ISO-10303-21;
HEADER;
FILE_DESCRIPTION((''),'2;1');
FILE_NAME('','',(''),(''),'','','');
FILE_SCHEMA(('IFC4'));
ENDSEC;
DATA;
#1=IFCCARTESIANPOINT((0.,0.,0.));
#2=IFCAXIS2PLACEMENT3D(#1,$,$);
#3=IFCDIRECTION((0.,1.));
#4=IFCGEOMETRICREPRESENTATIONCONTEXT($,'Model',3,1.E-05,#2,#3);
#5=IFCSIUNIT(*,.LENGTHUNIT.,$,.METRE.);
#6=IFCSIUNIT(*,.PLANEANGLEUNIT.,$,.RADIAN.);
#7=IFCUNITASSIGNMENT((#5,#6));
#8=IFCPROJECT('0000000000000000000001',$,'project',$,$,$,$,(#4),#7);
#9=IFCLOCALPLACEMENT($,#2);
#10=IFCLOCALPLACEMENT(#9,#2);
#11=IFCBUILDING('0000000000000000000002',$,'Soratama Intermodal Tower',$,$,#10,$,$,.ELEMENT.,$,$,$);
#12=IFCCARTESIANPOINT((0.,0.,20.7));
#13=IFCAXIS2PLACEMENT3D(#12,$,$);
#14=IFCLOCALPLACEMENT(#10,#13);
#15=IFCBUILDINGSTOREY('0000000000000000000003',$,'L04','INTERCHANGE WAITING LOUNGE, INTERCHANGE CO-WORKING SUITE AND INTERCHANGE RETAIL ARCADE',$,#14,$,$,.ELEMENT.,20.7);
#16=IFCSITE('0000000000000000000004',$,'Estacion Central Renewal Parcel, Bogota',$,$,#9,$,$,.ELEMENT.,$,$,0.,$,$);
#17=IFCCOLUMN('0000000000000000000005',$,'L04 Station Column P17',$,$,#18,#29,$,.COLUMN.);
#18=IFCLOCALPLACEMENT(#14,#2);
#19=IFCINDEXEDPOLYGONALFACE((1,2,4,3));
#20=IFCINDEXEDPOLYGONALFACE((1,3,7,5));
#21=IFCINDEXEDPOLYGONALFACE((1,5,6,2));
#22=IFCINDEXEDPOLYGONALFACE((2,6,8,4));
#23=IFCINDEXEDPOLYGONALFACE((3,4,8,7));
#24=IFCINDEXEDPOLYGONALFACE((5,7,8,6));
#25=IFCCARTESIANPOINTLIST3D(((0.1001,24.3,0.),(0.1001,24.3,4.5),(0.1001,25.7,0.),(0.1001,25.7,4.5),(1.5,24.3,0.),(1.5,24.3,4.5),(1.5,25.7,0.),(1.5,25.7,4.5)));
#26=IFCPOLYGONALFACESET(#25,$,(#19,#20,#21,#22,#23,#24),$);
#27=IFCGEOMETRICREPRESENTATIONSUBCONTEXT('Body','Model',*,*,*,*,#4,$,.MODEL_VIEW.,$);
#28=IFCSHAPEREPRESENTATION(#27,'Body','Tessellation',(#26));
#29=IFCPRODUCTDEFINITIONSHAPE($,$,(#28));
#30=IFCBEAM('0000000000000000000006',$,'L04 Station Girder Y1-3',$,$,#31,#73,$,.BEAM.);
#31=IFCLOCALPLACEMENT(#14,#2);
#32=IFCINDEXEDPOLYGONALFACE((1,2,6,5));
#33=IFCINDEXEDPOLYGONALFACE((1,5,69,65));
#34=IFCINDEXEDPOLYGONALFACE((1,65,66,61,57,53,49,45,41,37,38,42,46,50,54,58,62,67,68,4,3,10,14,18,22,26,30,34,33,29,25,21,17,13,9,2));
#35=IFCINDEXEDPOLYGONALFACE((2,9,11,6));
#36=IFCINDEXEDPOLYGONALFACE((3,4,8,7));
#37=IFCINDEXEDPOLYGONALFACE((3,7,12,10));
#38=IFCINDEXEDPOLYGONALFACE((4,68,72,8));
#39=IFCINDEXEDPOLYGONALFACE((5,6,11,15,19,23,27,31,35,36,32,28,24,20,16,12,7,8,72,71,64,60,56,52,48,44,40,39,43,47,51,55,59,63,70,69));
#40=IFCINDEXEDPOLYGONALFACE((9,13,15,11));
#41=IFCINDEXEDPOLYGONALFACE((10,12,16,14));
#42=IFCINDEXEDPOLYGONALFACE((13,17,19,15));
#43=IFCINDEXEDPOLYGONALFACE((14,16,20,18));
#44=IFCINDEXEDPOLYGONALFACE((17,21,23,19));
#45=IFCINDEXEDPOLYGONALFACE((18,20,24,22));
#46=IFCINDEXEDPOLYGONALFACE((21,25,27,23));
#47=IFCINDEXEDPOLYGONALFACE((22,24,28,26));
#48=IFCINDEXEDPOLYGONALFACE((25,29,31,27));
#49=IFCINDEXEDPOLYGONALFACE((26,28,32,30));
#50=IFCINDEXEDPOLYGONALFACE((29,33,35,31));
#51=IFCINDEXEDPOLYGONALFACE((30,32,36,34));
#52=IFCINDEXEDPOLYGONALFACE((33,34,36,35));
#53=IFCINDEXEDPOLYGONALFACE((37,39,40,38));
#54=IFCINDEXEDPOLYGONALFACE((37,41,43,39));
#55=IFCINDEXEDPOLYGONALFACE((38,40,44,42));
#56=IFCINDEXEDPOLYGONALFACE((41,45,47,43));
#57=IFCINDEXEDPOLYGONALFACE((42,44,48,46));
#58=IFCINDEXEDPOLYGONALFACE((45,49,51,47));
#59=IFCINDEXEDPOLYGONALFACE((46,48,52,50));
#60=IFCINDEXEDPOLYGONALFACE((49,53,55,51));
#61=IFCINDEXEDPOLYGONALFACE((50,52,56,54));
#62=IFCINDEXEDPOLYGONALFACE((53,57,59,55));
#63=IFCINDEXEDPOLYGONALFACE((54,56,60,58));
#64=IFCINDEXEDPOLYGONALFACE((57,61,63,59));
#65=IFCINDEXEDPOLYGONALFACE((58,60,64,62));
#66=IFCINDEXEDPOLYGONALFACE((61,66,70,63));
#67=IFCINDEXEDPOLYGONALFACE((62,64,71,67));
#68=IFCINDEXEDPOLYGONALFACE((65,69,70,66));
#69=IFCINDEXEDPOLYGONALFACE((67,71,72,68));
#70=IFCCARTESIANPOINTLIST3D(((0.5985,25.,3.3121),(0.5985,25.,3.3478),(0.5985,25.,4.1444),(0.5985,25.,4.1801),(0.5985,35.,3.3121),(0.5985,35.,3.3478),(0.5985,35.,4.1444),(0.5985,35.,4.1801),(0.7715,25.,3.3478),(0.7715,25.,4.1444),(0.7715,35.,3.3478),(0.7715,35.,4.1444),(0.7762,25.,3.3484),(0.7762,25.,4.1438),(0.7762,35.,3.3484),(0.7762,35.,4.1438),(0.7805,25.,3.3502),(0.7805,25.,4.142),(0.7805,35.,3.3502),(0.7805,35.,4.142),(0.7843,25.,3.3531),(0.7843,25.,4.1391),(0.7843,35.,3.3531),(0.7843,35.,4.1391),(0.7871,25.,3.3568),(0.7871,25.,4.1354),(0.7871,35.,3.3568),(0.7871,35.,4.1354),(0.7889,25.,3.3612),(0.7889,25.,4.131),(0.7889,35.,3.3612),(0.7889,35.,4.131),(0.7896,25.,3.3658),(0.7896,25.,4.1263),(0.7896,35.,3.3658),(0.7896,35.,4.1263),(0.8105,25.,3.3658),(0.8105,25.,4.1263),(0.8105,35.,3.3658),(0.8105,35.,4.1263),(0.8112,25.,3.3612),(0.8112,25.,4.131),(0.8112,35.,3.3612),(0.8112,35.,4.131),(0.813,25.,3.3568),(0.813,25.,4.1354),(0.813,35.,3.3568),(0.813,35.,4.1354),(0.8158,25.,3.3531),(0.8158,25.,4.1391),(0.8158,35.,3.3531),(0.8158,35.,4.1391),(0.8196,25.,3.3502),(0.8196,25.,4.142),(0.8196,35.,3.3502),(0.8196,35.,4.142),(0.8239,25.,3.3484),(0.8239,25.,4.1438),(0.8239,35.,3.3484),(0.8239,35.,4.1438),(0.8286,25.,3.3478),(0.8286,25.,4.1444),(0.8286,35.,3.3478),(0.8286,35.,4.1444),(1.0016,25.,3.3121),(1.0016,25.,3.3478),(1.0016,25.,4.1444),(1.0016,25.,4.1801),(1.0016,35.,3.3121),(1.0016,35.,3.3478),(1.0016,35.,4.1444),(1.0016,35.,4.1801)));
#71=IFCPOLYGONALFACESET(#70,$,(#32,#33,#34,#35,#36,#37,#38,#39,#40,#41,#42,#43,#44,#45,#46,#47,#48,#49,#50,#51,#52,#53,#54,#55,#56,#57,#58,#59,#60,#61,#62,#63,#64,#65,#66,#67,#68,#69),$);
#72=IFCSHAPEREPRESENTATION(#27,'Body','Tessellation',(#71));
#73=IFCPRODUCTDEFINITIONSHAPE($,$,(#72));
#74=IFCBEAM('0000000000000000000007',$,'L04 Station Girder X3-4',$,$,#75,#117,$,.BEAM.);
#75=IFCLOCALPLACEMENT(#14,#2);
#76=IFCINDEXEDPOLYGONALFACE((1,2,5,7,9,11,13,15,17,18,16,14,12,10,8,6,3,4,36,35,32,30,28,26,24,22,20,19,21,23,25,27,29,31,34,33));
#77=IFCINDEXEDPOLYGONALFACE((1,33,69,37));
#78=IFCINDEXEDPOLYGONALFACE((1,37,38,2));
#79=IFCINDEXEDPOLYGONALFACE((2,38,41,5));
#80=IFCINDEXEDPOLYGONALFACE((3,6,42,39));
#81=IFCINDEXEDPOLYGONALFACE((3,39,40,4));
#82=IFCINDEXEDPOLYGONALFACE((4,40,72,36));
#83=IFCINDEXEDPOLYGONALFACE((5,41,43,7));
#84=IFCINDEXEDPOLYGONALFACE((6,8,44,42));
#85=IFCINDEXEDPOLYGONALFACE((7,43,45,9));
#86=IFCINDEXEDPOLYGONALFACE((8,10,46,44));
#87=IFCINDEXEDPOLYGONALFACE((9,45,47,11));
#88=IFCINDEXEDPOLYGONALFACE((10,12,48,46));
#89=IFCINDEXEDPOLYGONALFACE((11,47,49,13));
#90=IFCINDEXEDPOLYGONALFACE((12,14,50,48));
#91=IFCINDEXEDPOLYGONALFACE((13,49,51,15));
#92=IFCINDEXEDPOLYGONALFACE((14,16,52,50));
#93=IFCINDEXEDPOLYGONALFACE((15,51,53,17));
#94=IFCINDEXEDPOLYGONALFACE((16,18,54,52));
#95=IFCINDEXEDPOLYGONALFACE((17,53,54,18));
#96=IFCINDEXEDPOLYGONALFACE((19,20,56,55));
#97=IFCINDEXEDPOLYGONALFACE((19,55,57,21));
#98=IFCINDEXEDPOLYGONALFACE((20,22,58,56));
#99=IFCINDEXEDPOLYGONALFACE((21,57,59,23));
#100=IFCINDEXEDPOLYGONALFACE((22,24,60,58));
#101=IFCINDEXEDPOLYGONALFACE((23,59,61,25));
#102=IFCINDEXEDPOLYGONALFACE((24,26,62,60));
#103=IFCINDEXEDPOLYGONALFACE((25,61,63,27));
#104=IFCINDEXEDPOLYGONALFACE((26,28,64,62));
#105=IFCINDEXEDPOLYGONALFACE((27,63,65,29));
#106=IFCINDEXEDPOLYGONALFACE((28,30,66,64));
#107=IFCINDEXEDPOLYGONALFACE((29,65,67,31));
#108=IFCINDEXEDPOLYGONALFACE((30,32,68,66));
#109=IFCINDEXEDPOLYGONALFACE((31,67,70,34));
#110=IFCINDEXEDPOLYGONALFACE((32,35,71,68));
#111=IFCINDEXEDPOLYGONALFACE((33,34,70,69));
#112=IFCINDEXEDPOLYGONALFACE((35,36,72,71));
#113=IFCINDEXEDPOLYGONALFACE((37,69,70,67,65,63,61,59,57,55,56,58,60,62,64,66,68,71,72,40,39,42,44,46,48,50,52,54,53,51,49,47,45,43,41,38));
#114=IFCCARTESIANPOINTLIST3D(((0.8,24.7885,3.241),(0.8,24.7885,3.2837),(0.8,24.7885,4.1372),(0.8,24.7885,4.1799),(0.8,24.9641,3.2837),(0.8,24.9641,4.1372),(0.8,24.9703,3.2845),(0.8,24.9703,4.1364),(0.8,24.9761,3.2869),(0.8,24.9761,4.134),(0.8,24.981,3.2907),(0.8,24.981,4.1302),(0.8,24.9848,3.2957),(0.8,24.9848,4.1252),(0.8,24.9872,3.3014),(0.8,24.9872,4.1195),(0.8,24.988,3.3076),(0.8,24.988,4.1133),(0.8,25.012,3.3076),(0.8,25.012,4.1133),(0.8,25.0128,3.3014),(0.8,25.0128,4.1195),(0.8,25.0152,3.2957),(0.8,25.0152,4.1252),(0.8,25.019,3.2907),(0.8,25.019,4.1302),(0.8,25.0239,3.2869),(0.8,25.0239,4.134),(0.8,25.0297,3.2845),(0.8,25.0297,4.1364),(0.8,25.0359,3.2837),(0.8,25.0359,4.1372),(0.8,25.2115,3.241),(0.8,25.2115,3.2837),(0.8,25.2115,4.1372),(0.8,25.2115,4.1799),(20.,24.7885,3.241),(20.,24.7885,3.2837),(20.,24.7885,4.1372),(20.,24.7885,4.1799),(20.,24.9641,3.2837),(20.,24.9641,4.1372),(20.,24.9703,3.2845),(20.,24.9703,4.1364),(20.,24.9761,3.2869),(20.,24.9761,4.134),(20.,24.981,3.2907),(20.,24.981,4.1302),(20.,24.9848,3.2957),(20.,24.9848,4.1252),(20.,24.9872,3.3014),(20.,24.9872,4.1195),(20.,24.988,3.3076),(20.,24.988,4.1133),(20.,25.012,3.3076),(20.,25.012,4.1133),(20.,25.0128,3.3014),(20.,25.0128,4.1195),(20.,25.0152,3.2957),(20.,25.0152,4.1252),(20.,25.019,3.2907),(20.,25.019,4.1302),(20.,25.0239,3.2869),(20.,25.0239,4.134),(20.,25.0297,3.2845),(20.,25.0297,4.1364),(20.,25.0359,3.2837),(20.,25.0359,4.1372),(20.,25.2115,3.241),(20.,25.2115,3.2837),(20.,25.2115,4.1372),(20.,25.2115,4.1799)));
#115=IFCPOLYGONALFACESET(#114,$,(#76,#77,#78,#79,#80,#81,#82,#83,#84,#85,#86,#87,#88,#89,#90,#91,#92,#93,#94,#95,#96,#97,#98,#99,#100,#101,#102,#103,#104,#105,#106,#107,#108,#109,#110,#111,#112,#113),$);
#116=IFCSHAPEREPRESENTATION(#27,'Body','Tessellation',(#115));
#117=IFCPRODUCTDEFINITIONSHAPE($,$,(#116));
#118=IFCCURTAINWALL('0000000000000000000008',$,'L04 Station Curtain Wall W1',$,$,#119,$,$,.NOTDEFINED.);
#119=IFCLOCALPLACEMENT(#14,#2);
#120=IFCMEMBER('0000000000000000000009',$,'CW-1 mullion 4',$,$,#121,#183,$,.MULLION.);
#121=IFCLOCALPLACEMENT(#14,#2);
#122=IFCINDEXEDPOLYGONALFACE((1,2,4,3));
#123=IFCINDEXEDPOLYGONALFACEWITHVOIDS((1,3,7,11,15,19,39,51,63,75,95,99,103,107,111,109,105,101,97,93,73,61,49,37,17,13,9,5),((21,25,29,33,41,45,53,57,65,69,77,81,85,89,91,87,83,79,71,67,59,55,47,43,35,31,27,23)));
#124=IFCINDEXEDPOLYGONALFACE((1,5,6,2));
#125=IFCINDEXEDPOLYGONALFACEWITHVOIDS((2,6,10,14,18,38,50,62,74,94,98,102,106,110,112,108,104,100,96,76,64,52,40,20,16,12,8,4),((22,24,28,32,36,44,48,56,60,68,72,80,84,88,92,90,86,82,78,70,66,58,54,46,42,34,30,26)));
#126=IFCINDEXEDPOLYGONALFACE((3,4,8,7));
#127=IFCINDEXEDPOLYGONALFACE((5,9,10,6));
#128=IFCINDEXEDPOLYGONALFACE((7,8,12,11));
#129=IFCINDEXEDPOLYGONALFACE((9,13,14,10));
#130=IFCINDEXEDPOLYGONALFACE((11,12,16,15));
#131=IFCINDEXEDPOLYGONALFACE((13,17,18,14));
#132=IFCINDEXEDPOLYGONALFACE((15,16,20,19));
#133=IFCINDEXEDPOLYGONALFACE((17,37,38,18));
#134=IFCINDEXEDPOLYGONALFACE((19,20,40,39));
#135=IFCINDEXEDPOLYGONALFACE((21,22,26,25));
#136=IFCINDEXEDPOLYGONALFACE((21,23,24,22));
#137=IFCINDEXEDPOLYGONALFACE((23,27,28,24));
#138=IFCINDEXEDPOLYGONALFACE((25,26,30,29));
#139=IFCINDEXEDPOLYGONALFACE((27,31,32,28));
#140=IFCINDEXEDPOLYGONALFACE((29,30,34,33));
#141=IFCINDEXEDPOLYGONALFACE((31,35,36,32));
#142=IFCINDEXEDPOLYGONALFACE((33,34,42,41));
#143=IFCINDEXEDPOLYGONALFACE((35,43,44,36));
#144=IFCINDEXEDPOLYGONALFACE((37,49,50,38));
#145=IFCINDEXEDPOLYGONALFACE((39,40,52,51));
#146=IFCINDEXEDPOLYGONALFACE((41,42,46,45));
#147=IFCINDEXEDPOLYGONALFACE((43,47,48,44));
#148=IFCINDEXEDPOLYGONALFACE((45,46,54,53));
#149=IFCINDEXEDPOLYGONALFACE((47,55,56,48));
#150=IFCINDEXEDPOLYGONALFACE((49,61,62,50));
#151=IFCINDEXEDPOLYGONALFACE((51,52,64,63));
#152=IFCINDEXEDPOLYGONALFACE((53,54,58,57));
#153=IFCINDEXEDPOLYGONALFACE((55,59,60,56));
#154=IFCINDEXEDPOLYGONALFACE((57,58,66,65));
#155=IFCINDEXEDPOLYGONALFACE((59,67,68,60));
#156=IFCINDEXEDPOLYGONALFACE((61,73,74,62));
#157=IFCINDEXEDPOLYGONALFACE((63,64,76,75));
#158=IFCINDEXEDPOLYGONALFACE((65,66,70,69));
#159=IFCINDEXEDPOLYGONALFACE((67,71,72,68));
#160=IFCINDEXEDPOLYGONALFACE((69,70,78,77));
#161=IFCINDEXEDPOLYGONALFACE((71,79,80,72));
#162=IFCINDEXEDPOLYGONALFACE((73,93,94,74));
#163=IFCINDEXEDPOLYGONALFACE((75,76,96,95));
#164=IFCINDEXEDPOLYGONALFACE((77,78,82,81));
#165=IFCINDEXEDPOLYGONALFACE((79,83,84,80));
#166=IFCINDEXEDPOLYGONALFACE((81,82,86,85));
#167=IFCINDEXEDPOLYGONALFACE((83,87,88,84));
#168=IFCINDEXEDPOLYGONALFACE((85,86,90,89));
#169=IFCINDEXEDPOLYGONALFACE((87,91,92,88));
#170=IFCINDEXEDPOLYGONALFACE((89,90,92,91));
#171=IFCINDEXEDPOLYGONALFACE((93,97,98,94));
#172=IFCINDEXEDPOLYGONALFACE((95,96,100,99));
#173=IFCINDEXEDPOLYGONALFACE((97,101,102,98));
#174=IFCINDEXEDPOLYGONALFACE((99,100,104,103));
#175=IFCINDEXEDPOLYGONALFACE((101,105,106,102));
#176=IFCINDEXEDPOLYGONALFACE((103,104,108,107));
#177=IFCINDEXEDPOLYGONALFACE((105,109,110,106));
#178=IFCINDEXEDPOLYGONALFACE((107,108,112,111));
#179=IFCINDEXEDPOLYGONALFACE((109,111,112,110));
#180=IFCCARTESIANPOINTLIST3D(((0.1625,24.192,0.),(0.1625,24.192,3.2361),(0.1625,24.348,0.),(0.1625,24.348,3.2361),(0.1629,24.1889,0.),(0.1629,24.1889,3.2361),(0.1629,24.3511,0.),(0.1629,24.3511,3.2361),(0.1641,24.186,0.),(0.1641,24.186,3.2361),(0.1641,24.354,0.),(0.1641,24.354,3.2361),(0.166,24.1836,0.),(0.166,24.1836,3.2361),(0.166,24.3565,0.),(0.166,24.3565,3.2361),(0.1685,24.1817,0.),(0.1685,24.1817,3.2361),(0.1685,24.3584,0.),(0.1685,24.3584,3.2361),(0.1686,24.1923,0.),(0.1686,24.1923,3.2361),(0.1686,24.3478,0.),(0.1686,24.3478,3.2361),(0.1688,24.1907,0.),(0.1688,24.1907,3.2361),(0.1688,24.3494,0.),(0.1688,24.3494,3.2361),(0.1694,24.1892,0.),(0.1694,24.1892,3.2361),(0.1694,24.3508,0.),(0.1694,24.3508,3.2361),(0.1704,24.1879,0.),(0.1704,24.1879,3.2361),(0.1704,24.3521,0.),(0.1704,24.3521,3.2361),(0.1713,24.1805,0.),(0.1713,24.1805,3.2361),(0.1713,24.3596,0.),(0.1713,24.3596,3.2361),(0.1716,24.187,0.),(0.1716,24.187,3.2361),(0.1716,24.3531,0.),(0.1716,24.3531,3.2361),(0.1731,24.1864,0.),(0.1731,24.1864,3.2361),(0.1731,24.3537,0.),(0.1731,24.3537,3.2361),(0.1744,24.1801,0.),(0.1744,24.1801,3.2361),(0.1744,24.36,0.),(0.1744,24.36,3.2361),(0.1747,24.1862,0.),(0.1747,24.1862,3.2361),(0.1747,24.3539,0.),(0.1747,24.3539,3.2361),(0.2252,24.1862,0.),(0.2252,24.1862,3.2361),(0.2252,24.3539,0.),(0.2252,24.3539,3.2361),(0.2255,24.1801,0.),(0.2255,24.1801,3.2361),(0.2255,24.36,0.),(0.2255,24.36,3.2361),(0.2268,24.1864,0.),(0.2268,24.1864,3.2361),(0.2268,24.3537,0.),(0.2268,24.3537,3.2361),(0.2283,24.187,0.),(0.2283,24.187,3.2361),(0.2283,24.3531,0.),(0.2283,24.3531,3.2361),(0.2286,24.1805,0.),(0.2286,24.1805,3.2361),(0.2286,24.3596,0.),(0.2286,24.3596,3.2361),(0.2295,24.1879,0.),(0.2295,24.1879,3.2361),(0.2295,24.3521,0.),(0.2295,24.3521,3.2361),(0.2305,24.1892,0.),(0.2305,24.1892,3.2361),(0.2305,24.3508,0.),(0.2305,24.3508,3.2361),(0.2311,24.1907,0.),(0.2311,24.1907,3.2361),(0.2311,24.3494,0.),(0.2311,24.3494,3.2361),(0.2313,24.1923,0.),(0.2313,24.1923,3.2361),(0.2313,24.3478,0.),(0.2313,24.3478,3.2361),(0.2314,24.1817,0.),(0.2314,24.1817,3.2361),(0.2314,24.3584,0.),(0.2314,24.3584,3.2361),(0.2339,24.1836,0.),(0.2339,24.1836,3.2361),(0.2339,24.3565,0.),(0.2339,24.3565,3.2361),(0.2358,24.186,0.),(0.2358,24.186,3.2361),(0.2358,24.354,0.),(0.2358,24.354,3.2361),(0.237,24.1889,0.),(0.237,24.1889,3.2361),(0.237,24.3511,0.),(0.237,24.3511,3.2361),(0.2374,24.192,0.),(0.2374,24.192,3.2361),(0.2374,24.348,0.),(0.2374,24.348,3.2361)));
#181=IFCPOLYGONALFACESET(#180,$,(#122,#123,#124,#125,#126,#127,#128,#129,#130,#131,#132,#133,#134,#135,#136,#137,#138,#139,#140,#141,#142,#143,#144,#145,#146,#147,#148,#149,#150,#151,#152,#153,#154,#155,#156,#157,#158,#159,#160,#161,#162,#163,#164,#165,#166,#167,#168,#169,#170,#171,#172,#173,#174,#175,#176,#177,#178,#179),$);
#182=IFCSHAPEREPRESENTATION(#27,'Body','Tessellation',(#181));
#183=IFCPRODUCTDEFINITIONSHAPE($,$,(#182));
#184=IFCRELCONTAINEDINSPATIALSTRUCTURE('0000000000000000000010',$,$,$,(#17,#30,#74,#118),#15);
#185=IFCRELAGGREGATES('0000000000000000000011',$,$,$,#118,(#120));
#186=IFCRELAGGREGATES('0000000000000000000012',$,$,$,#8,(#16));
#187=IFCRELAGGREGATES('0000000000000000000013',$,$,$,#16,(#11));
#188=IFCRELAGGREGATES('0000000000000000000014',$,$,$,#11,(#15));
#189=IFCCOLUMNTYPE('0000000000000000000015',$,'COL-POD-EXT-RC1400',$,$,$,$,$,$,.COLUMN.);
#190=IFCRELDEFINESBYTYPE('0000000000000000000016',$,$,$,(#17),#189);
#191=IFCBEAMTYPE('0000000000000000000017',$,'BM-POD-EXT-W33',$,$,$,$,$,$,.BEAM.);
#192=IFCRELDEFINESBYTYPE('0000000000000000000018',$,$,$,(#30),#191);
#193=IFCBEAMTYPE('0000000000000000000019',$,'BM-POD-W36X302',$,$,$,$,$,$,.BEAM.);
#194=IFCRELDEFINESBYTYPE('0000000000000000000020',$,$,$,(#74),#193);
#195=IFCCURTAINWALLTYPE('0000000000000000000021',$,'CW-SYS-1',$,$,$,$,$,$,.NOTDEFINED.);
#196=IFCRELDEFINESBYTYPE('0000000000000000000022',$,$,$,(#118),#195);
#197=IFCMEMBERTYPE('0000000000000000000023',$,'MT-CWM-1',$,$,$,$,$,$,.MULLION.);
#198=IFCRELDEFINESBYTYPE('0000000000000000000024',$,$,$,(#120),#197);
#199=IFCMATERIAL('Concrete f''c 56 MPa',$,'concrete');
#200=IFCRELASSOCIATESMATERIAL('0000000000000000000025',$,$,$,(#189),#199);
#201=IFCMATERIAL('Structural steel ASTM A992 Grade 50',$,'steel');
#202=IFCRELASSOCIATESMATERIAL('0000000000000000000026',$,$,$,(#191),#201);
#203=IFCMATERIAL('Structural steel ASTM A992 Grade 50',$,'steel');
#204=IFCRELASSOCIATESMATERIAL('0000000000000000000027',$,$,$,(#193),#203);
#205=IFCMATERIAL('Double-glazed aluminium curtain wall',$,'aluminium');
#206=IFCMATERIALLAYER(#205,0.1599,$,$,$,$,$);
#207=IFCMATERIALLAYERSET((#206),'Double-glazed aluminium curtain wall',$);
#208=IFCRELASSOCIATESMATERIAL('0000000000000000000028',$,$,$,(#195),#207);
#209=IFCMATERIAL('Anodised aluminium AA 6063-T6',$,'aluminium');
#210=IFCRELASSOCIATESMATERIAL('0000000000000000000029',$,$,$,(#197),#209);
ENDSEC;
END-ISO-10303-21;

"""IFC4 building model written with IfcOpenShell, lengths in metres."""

from ifc_helpers import new_model, si_unit, direction, frame, origin, origin_2d, place, context, subcontext, project, spatial, rectangle, hollow_rectangle, i_section, extrude, material, layer, layer_set, material_profile, profile_set, type_object, element, aggregate, save


model = new_model("IFC4")

# Units and contexts
model_context = context("Model", 3, precision=1e-05, world=origin(), true_north=direction((0.0, 1.0)))
body_context = subcontext(model_context, "Body", "Model", "MODEL_VIEW")
ifc_project = project(units=[si_unit("LENGTHUNIT", "METRE"), si_unit("PLANEANGLEUNIT", "RADIAN")], contexts=[model_context])

# Site, building, storey
site_placement = place(None, origin())
site = spatial("IfcSite", under=ifc_project, at=site_placement, Name="Estacion Central Renewal Parcel, Bogota", CompositionType="ELEMENT", RefElevation=0.0)
building_placement = place(site_placement, origin())
building = spatial("IfcBuilding", under=site, at=building_placement, Name="Soratama Intermodal Tower", CompositionType="ELEMENT")
storey_placement = place(building_placement, frame((0.0, 0.0, 20.7)))
storey = spatial("IfcBuildingStorey", under=building, at=storey_placement, Name="L04", Description="INTERCHANGE WAITING LOUNGE, INTERCHANGE CO-WORKING SUITE AND INTERCHANGE RETAIL ARCADE", CompositionType="ELEMENT", Elevation=20.7)

# Column
ifc_material_1 = material(Name="Concrete f'c 56 MPa", Category="concrete")
ifc_material_profile_1 = material_profile(ifc_material_1, rectangle(XDim=1.3999, YDim=1.3999, at=origin_2d()), Name="RC1400X1400")
ifc_profile_set_1 = profile_set([ifc_material_profile_1], Name="Concrete f'c 56 MPa")
column_type = type_object("IfcColumnType", Name="COL-POD-EXT-RC1400", PredefinedType="COLUMN", material=ifc_profile_set_1)
column_placement = place(storey_placement, frame((0.8, 25.0, 0.0), z_axis=(0.0, 0.0, 1.0), x_axis=(1.0, 0.0, 0.0)))
element("IfcColumn", 1, at=column_placement, inside=storey, type_object=column_type, Name="L04 Station Column P17", PredefinedType="COLUMN", context=body_context, shape_type="SweptSolid", body=[
    extrude(rectangle(XDim=1.3999, YDim=1.3999, at=origin_2d()), origin(), (0.0, 0.0, 1.0), 4.5),
])

# Beams
ifc_material_2 = material(Name="Structural steel ASTM A992 Grade 50", Category="steel")
ifc_material_profile_2 = material_profile(ifc_material_2, i_section(OverallWidth=0.4031, OverallDepth=0.8679, WebThickness=0.021, FlangeThickness=0.0356, FilletRadius=0.0181, at=origin_2d()), Name="W33X241")
ifc_profile_set_2 = profile_set([ifc_material_profile_2], Name="Structural steel ASTM A992 Grade 50")
beam_type_1 = type_object("IfcBeamType", Name="BM-POD-EXT-W33", PredefinedType="BEAM", material=ifc_profile_set_2)
beam_1_placement = place(storey_placement, frame((0.8, 25.0, 3.7461), z_axis=(0.0, 1.0, 0.0), x_axis=(-1.0, 0.0, 0.0)))
element("IfcBeam", 2, at=beam_1_placement, inside=storey, type_object=beam_type_1, Name="L04 Station Girder Y1-3", PredefinedType="BEAM", context=body_context, shape_type="SweptSolid", body=[
    extrude(i_section(OverallWidth=0.4031, OverallDepth=0.8679, WebThickness=0.021, FlangeThickness=0.0356, FilletRadius=0.0181, at=origin_2d()), origin(), (0.0, 0.0, 1.0), 10.0),
])
ifc_material_3 = material(Name="Structural steel ASTM A992 Grade 50", Category="steel")
ifc_material_profile_3 = material_profile(ifc_material_3, i_section(OverallWidth=0.4231, OverallDepth=0.939, WebThickness=0.0239, FlangeThickness=0.0427, FilletRadius=0.0239, at=origin_2d()), Name="W36X302")
ifc_profile_set_3 = profile_set([ifc_material_profile_3], Name="Structural steel ASTM A992 Grade 50")
beam_type_2 = type_object("IfcBeamType", Name="BM-POD-W36X302", PredefinedType="BEAM", material=ifc_profile_set_3)
beam_2_placement = place(storey_placement, frame((0.8, 25.0, 3.7104), z_axis=(1.0, 0.0, 0.0), x_axis=(0.0, 1.0, 0.0)))
element("IfcBeam", 3, at=beam_2_placement, inside=storey, type_object=beam_type_2, Name="L04 Station Girder X3-4", PredefinedType="BEAM", context=body_context, shape_type="SweptSolid", body=[
    extrude(i_section(OverallWidth=0.4231, OverallDepth=0.939, WebThickness=0.0239, FlangeThickness=0.0427, FilletRadius=0.0239, at=origin_2d()), origin(), (0.0, 0.0, 1.0), 19.2),
])

# Curtain wall, member
ifc_material_4 = material(Name="Double-glazed aluminium curtain wall", Category="aluminium")
ifc_layer_1 = layer(ifc_material_4, 0.1599)
ifc_layer_set_1 = layer_set([ifc_layer_1], Name="Double-glazed aluminium curtain wall")
curtain_wall_type = type_object("IfcCurtainWallType", Name="CW-SYS-1", PredefinedType="NOTDEFINED", material=ifc_layer_set_1)
curtain_wall_1_placement = place(storey_placement, origin())
curtain_wall_1 = element("IfcCurtainWall", 4, at=curtain_wall_1_placement, inside=storey, type_object=curtain_wall_type, Name="L04 Station Curtain Wall W1", PredefinedType="NOTDEFINED")
ifc_material_5 = material(Name="Anodised aluminium AA 6063-T6", Category="aluminium")
ifc_material_profile_4 = material_profile(ifc_material_5, hollow_rectangle(XDim=0.075, YDim=0.1799, WallThickness=0.0061, InnerFilletRadius=0.0061, OuterFilletRadius=0.012, at=origin_2d()), Name="CWM180X75X6")
ifc_profile_set_4 = profile_set([ifc_material_profile_4], Name="Anodised aluminium AA 6063-T6")
member_type_1 = type_object("IfcMemberType", Name="MT-CWM-1", PredefinedType="MULLION", material=ifc_profile_set_4)
member_1_placement = place(storey_placement, frame((0.2, 24.27, 0.0), z_axis=(0.0, 0.0, 1.0), x_axis=(-1.0, 0.0, 0.0)))
member_1 = element("IfcMember", 5, at=member_1_placement, type_object=member_type_1, Name="CW-1 mullion 4", PredefinedType="MULLION", context=body_context, shape_type="SweptSolid", body=[
    extrude(hollow_rectangle(XDim=0.075, YDim=0.1799, WallThickness=0.0061, InnerFilletRadius=0.0061, OuterFilletRadius=0.012, at=origin_2d()), origin(), (0.0, 0.0, 1.0), 3.2361),
])

aggregate(curtain_wall_1, [member_1])

save(model, "model.ifc")
